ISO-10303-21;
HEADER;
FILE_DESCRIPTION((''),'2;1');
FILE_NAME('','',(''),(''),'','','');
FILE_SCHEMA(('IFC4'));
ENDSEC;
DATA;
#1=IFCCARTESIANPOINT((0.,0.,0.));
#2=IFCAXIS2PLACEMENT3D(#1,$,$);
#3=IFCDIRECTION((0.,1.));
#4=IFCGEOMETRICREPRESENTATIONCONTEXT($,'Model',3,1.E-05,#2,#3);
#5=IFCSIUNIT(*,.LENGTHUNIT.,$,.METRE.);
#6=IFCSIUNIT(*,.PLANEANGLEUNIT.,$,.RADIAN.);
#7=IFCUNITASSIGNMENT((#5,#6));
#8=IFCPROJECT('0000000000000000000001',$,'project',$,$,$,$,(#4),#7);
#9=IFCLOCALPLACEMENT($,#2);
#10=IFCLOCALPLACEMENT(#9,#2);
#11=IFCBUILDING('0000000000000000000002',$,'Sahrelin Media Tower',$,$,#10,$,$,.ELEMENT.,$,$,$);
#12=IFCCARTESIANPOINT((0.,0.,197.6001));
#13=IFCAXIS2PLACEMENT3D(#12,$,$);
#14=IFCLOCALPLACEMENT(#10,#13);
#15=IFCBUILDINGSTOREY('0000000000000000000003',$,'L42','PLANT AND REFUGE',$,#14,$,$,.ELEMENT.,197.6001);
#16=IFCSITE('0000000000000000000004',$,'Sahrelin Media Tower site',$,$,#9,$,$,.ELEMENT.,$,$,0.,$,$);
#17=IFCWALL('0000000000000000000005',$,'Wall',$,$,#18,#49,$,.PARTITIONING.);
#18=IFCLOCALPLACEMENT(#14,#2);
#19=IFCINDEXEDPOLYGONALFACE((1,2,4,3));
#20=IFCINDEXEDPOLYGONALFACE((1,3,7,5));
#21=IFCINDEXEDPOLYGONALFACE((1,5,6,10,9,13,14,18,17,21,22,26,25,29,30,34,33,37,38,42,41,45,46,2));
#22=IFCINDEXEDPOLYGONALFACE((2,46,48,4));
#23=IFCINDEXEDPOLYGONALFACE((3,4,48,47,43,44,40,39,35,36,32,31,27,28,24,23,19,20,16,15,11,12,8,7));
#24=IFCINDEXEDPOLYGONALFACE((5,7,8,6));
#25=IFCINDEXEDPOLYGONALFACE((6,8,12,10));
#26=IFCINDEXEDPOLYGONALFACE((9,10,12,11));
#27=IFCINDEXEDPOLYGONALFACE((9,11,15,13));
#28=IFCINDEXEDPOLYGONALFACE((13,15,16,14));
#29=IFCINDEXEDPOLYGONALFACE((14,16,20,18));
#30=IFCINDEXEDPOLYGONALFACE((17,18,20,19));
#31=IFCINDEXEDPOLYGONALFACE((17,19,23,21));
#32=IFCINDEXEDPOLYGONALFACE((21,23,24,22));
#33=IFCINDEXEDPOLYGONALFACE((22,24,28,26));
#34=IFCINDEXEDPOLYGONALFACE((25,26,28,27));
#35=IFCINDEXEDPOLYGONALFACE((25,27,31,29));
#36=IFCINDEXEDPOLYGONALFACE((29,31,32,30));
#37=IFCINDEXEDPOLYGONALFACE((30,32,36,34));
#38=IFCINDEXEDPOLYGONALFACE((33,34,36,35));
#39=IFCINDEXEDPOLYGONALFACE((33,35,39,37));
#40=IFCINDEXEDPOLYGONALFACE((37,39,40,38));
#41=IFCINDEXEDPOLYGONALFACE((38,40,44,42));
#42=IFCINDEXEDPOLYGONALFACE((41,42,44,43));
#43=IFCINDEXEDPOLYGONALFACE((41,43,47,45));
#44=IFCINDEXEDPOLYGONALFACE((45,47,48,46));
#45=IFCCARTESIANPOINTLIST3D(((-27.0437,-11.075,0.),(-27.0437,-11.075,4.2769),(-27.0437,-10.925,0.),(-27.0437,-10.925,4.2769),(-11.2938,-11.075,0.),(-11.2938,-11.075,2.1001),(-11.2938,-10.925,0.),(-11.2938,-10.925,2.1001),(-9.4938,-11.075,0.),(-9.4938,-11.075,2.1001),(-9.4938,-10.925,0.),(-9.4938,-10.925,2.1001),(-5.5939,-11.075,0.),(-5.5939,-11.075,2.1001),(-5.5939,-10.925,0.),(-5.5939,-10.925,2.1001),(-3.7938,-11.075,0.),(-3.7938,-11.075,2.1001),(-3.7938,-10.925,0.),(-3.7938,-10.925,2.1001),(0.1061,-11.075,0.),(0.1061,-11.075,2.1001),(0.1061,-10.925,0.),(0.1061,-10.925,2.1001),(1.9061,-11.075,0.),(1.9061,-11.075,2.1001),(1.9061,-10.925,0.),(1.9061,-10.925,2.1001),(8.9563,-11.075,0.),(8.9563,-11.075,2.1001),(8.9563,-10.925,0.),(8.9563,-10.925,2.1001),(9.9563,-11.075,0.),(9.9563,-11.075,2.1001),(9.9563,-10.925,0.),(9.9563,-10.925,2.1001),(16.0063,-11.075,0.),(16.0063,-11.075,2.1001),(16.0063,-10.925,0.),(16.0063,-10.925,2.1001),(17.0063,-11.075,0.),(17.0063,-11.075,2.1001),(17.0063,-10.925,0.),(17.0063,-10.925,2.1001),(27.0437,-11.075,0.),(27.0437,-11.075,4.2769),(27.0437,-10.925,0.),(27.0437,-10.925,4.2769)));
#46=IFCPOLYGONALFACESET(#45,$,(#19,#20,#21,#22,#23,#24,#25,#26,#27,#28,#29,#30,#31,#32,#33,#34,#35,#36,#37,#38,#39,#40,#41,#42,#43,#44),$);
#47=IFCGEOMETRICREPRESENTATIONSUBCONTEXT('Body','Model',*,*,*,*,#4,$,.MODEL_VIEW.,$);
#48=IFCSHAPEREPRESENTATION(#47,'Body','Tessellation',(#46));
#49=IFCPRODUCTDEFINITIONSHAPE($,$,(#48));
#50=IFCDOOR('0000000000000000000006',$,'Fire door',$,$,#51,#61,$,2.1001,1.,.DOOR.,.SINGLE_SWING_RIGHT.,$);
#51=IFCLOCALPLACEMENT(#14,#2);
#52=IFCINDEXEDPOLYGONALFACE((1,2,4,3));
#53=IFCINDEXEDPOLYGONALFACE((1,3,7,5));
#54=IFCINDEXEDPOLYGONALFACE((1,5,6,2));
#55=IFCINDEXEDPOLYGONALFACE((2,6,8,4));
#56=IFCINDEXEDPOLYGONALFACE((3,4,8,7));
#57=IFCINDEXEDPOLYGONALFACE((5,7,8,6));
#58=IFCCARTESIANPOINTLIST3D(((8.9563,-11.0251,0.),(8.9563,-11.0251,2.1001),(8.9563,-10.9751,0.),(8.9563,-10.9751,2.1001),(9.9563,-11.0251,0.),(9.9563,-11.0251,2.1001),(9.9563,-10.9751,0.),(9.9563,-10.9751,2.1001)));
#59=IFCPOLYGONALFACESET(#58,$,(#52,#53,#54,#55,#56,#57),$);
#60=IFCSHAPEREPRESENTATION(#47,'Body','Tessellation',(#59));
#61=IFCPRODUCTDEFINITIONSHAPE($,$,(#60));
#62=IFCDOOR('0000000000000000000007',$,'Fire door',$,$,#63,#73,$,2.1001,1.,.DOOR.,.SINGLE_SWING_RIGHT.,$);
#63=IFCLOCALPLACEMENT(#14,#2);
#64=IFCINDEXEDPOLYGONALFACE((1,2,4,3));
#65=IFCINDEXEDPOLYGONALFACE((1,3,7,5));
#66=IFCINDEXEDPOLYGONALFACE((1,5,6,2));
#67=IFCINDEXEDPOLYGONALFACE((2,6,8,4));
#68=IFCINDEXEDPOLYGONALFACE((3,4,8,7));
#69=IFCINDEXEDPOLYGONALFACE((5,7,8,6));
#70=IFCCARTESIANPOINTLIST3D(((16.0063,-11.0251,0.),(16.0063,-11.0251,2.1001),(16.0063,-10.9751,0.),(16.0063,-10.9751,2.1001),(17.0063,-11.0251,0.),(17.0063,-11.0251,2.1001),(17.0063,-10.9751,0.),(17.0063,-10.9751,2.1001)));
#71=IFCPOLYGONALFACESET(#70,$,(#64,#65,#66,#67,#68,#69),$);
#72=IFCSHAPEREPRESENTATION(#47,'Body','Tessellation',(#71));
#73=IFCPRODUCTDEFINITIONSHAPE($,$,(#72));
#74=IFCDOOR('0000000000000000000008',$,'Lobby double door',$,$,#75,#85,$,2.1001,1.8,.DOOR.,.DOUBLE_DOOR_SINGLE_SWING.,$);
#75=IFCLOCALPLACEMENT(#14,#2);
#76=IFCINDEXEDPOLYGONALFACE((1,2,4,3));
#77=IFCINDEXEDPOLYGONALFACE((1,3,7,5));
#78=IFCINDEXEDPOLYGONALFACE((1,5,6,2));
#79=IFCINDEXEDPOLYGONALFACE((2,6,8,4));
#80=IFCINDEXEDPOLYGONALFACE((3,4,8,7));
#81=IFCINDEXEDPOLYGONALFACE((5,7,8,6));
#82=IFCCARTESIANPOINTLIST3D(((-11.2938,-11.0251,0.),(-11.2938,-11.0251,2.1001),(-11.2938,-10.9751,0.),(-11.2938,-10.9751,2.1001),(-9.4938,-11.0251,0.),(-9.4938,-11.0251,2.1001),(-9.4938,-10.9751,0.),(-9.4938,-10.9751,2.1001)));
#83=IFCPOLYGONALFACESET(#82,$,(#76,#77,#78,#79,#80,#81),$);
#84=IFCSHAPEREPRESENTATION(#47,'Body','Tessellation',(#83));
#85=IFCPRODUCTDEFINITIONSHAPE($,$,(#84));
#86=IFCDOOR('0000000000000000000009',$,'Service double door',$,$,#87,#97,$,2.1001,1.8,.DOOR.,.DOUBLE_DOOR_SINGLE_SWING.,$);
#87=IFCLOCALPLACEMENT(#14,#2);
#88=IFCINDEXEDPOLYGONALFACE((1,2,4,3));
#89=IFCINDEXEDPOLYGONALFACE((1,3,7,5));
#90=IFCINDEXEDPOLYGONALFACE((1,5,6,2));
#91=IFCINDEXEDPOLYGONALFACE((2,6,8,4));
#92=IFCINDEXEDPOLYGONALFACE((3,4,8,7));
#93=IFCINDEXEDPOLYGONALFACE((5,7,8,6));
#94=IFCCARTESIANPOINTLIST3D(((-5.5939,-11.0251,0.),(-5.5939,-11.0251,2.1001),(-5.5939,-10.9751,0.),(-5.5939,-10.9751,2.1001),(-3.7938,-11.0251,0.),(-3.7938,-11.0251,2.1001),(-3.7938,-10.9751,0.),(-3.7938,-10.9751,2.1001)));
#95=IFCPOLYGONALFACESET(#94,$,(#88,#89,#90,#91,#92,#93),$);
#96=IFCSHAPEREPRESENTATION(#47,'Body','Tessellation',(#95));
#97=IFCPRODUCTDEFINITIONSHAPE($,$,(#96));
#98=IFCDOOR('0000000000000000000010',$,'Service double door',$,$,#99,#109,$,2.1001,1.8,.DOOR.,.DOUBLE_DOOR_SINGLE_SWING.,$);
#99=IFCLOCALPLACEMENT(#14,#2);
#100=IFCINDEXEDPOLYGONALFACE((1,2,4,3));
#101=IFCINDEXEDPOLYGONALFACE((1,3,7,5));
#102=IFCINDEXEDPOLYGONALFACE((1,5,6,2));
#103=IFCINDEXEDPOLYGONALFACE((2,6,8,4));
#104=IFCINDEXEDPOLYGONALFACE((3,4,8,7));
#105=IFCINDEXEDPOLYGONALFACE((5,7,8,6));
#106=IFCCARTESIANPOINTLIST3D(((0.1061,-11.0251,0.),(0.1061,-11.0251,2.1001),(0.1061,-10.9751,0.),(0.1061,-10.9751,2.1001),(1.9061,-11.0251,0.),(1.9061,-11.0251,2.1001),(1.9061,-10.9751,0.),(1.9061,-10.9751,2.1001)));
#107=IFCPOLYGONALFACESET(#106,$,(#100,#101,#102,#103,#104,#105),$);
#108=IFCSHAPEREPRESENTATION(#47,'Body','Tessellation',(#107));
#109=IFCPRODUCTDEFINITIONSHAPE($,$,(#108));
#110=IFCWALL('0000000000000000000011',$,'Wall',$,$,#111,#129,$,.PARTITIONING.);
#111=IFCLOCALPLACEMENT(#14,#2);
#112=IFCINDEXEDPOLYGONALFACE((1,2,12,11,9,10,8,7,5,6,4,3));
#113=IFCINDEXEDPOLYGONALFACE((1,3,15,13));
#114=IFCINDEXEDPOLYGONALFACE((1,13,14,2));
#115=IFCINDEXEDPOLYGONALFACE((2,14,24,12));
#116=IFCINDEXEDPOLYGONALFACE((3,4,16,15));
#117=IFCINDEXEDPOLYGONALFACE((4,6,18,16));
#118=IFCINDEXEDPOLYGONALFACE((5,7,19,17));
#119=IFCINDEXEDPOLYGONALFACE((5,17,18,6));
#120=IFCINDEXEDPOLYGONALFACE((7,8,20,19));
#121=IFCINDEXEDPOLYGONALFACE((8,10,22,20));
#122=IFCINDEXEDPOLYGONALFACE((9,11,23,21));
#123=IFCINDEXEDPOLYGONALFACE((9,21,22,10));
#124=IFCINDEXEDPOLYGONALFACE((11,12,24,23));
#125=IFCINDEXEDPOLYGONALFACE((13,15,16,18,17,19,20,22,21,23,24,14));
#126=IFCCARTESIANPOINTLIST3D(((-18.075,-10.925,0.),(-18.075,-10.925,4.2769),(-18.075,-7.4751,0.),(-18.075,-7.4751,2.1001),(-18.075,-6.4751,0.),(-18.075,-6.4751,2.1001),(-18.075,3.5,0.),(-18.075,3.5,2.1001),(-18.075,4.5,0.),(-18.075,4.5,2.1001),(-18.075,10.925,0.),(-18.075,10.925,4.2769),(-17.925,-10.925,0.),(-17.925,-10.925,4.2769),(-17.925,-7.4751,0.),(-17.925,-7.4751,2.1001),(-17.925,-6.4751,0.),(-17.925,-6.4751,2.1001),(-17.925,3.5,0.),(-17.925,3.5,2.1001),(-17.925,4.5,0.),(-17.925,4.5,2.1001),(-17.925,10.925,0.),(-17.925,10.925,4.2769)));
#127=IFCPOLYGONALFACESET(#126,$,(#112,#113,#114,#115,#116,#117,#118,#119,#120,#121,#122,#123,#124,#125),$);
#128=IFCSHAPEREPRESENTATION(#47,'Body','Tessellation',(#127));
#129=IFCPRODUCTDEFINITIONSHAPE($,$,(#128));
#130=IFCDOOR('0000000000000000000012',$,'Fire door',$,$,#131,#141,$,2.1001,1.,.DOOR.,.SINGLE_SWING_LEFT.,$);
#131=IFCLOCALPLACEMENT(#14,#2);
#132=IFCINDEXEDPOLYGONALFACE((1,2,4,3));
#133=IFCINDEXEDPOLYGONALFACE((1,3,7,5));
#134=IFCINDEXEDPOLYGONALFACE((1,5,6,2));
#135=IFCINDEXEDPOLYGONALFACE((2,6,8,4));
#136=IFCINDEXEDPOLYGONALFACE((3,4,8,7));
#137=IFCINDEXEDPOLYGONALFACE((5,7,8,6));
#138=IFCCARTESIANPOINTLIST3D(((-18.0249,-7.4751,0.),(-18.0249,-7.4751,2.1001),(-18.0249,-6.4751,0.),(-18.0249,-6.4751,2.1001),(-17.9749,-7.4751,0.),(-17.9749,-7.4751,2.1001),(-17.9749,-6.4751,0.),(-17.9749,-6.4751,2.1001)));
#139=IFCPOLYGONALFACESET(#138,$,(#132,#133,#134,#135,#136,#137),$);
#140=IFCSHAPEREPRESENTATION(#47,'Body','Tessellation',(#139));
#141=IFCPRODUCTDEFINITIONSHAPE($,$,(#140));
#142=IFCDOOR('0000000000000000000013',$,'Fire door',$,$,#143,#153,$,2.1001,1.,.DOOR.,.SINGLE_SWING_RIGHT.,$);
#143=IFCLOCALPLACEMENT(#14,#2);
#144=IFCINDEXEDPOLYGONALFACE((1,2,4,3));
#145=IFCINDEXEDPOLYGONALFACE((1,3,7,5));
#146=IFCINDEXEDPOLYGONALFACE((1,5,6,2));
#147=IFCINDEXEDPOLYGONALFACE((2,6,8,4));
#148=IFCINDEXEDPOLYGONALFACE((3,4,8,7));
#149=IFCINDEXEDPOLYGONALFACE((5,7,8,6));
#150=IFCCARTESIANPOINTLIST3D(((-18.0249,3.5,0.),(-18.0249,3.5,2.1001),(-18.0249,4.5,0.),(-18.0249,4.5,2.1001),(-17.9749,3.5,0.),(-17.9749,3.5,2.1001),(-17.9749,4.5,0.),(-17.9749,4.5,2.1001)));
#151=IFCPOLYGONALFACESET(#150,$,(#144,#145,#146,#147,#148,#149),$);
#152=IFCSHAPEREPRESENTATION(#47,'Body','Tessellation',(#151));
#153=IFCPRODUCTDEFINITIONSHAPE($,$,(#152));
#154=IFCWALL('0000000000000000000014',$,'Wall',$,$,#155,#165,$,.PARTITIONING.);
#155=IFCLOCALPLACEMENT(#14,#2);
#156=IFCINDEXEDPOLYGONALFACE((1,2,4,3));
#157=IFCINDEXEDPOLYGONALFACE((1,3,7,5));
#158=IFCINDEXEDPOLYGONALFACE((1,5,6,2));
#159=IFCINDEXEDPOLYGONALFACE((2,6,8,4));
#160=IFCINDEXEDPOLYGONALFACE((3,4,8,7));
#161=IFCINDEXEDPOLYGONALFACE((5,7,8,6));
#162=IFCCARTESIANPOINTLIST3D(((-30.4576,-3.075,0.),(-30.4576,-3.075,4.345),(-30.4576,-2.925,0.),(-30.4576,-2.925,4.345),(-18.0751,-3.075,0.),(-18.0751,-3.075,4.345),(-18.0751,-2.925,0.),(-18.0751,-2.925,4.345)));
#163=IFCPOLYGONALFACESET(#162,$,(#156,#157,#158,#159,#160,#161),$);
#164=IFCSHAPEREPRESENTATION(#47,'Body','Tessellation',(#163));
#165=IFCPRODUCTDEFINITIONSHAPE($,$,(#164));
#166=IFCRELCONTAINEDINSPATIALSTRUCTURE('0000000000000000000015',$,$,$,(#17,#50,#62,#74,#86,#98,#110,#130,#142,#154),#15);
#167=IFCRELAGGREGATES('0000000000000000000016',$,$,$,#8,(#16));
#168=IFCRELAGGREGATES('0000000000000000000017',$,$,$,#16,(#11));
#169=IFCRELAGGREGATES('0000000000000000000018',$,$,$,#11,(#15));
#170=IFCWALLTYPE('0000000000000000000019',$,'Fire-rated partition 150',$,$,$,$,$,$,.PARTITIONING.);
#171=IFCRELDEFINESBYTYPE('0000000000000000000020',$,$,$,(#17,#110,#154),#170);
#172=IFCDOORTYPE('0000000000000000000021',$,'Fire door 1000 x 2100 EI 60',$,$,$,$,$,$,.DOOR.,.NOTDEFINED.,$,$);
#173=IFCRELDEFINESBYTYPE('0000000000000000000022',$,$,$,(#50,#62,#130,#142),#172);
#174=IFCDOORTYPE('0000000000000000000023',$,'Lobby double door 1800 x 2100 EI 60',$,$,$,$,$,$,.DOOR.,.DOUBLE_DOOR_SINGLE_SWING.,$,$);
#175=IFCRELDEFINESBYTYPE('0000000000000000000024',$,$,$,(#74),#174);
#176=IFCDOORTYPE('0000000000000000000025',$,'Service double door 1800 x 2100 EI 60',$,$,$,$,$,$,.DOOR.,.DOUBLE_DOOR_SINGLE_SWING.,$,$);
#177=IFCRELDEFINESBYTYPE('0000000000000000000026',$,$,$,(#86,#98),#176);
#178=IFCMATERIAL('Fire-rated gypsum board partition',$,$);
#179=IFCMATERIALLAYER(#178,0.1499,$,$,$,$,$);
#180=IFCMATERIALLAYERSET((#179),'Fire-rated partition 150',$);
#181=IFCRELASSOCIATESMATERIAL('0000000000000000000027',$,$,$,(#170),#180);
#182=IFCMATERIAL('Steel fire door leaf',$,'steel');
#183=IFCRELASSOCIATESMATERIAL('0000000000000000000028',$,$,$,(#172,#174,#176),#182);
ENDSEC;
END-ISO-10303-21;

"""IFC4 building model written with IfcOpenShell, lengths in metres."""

from ifc_helpers import new_model, si_unit, direction, frame, frame_2d, origin, place, context, subcontext, project, spatial, rectangle, extrude, material, layer, layer_set, type_object, element, fill, save


model = new_model("IFC4")

# Units and contexts
model_context = context("Model", 3, precision=1e-05, world=origin(), true_north=direction((0.0, 1.0)))
body_context = subcontext(model_context, "Body", "Model", "MODEL_VIEW")
ifc_project = project(units=[si_unit("LENGTHUNIT", "METRE"), si_unit("PLANEANGLEUNIT", "RADIAN")], contexts=[model_context])

# Site, building, storey
site_placement = place(None, origin())
site = spatial("IfcSite", under=ifc_project, at=site_placement, Name="Sahrelin Media Tower site", CompositionType="ELEMENT", RefElevation=0.0)
building_placement = place(site_placement, origin())
building = spatial("IfcBuilding", under=site, at=building_placement, Name="Sahrelin Media Tower", CompositionType="ELEMENT")
storey_placement = place(building_placement, frame((0.0, 0.0, 197.6001)))
storey = spatial("IfcBuildingStorey", under=building, at=storey_placement, Name="L42", Description="PLANT AND REFUGE", CompositionType="ELEMENT", Elevation=197.6001)

# Walls, openings, doors
ifc_material_1 = material(Name="Fire-rated gypsum board partition")
ifc_layer = layer(ifc_material_1, 0.1499)
ifc_layer_set = layer_set([ifc_layer], Name="Fire-rated partition 150")
wall_type = type_object("IfcWallType", Name="Fire-rated partition 150", PredefinedType="PARTITIONING", material=ifc_layer_set)
wall_1_placement = place(storey_placement, frame((-27.0437, -11.0, 0.0), z_axis=(0.0, 0.0, 1.0), x_axis=(1.0, 0.0, 0.0)))
wall_1 = element("IfcWall", 1, at=wall_1_placement, inside=storey, type_object=wall_type, Name="Wall", PredefinedType="PARTITIONING", context=body_context, shape_type="SweptSolid", body=[
    extrude(rectangle(XDim=54.0874, YDim=0.1499, at=frame_2d((27.0437, 0.0))), origin(), (0.0, 0.0, 1.0), 4.2769),
])
opening_1_placement = place(wall_1_placement, frame((36.0, 0.0, 0.0)))
opening_1 = element("IfcOpeningElement", 2, at=opening_1_placement, cuts=wall_1, PredefinedType="OPENING", context=body_context, shape_type="SweptSolid", body=[
    extrude(rectangle(XDim=1.0, YDim=2.1001, at=frame_2d((0.5, 1.05))), frame((0.0, 0.075, 0.0), z_axis=(0.0, -1.0, 0.0), x_axis=(1.0, 0.0, 0.0)), (0.0, 0.0, 1.0), 0.1499),
])
opening_2_placement = place(wall_1_placement, frame((43.05, 0.0, 0.0)))
opening_2 = element("IfcOpeningElement", 3, at=opening_2_placement, cuts=wall_1, PredefinedType="OPENING", context=body_context, shape_type="SweptSolid", body=[
    extrude(rectangle(XDim=1.0, YDim=2.1001, at=frame_2d((0.5, 1.05))), frame((0.0, 0.075, 0.0), z_axis=(0.0, -1.0, 0.0), x_axis=(1.0, 0.0, 0.0)), (0.0, 0.0, 1.0), 0.1499),
])
opening_3_placement = place(wall_1_placement, frame((15.75, 0.0, 0.0)))
opening_3 = element("IfcOpeningElement", 4, at=opening_3_placement, cuts=wall_1, PredefinedType="OPENING", context=body_context, shape_type="SweptSolid", body=[
    extrude(rectangle(XDim=1.8, YDim=2.1001, at=frame_2d((0.8999, 1.05))), frame((0.0, 0.075, 0.0), z_axis=(0.0, -1.0, 0.0), x_axis=(1.0, 0.0, 0.0)), (0.0, 0.0, 1.0), 0.1499),
])
opening_4_placement = place(wall_1_placement, frame((21.45, 0.0, 0.0)))
opening_4 = element("IfcOpeningElement", 5, at=opening_4_placement, cuts=wall_1, PredefinedType="OPENING", context=body_context, shape_type="SweptSolid", body=[
    extrude(rectangle(XDim=1.8, YDim=2.1001, at=frame_2d((0.8999, 1.05))), frame((0.0, 0.075, 0.0), z_axis=(0.0, -1.0, 0.0), x_axis=(1.0, 0.0, 0.0)), (0.0, 0.0, 1.0), 0.1499),
])
opening_5_placement = place(wall_1_placement, frame((27.1499, 0.0, 0.0)))
opening_5 = element("IfcOpeningElement", 6, at=opening_5_placement, cuts=wall_1, PredefinedType="OPENING", context=body_context, shape_type="SweptSolid", body=[
    extrude(rectangle(XDim=1.8, YDim=2.1001, at=frame_2d((0.8999, 1.05))), frame((0.0, 0.075, 0.0), z_axis=(0.0, -1.0, 0.0), x_axis=(1.0, 0.0, 0.0)), (0.0, 0.0, 1.0), 0.1499),
])
ifc_material_2 = material(Name="Steel fire door leaf", Category="steel")
door_type_1 = type_object("IfcDoorType", Name="Fire door 1000 x 2100 EI 60", OperationType="NOTDEFINED", PredefinedType="DOOR", material=ifc_material_2)
door_1_placement = place(opening_1_placement, origin())
door_1 = element("IfcDoor", 7, at=door_1_placement, inside=storey, type_object=door_type_1, Name="Fire door", OperationType="SINGLE_SWING_RIGHT", OverallHeight=2.1001, OverallWidth=1.0, PredefinedType="DOOR", context=body_context, shape_type="SweptSolid", body=[
    extrude(rectangle(XDim=1.0, YDim=2.1001, at=frame_2d((0.5, 1.05))), frame((0.0, 0.0249, 0.0), z_axis=(0.0, -1.0, 0.0), x_axis=(1.0, 0.0, 0.0)), (0.0, 0.0, 1.0), 0.05),
])
fill(opening_1, door_1)
door_2_placement = place(opening_2_placement, origin())
door_2 = element("IfcDoor", 8, at=door_2_placement, inside=storey, type_object=door_type_1, Name="Fire door", OperationType="SINGLE_SWING_RIGHT", OverallHeight=2.1001, OverallWidth=1.0, PredefinedType="DOOR", context=body_context, shape_type="SweptSolid", body=[
    extrude(rectangle(XDim=1.0, YDim=2.1001, at=frame_2d((0.5, 1.05))), frame((0.0, 0.0249, 0.0), z_axis=(0.0, -1.0, 0.0), x_axis=(1.0, 0.0, 0.0)), (0.0, 0.0, 1.0), 0.05),
])
fill(opening_2, door_2)
door_type_2 = type_object("IfcDoorType", Name="Lobby double door 1800 x 2100 EI 60", OperationType="DOUBLE_DOOR_SINGLE_SWING", PredefinedType="DOOR", material=ifc_material_2)
door_3_placement = place(opening_3_placement, origin())
door_3 = element("IfcDoor", 9, at=door_3_placement, inside=storey, type_object=door_type_2, Name="Lobby double door", OperationType="DOUBLE_DOOR_SINGLE_SWING", OverallHeight=2.1001, OverallWidth=1.8, PredefinedType="DOOR", context=body_context, shape_type="SweptSolid", body=[
    extrude(rectangle(XDim=1.8, YDim=2.1001, at=frame_2d((0.8999, 1.05))), frame((0.0, 0.0249, 0.0), z_axis=(0.0, -1.0, 0.0), x_axis=(1.0, 0.0, 0.0)), (0.0, 0.0, 1.0), 0.05),
])
fill(opening_3, door_3)
door_type_3 = type_object("IfcDoorType", Name="Service double door 1800 x 2100 EI 60", OperationType="DOUBLE_DOOR_SINGLE_SWING", PredefinedType="DOOR", material=ifc_material_2)
door_4_placement = place(opening_4_placement, origin())
door_4 = element("IfcDoor", 10, at=door_4_placement, inside=storey, type_object=door_type_3, Name="Service double door", OperationType="DOUBLE_DOOR_SINGLE_SWING", OverallHeight=2.1001, OverallWidth=1.8, PredefinedType="DOOR", context=body_context, shape_type="SweptSolid", body=[
    extrude(rectangle(XDim=1.8, YDim=2.1001, at=frame_2d((0.8999, 1.05))), frame((0.0, 0.0249, 0.0), z_axis=(0.0, -1.0, 0.0), x_axis=(1.0, 0.0, 0.0)), (0.0, 0.0, 1.0), 0.05),
])
fill(opening_4, door_4)
door_5_placement = place(opening_5_placement, origin())
door_5 = element("IfcDoor", 11, at=door_5_placement, inside=storey, type_object=door_type_3, Name="Service double door", OperationType="DOUBLE_DOOR_SINGLE_SWING", OverallHeight=2.1001, OverallWidth=1.8, PredefinedType="DOOR", context=body_context, shape_type="SweptSolid", body=[
    extrude(rectangle(XDim=1.8, YDim=2.1001, at=frame_2d((0.8999, 1.05))), frame((0.0, 0.0249, 0.0), z_axis=(0.0, -1.0, 0.0), x_axis=(1.0, 0.0, 0.0)), (0.0, 0.0, 1.0), 0.05),
])
fill(opening_5, door_5)
wall_2_placement = place(storey_placement, frame((-18.0, -10.925, 0.0), z_axis=(0.0, 0.0, 1.0), x_axis=(0.0, 1.0, 0.0)))
wall_2 = element("IfcWall", 12, at=wall_2_placement, inside=storey, type_object=wall_type, Name="Wall", PredefinedType="PARTITIONING", context=body_context, shape_type="SweptSolid", body=[
    extrude(rectangle(XDim=21.8501, YDim=0.1499, at=frame_2d((10.925, 0.0))), origin(), (0.0, 0.0, 1.0), 4.2769),
])
opening_6_placement = place(wall_2_placement, frame((3.45, 0.0, 0.0)))
opening_6 = element("IfcOpeningElement", 13, at=opening_6_placement, cuts=wall_2, PredefinedType="OPENING", context=body_context, shape_type="SweptSolid", body=[
    extrude(rectangle(XDim=1.0, YDim=2.1001, at=frame_2d((0.5, 1.05))), frame((0.0, 0.075, 0.0), z_axis=(0.0, -1.0, 0.0), x_axis=(1.0, 0.0, 0.0)), (0.0, 0.0, 1.0), 0.1499),
])
opening_7_placement = place(wall_2_placement, frame((14.425, 0.0, 0.0)))
opening_7 = element("IfcOpeningElement", 14, at=opening_7_placement, cuts=wall_2, PredefinedType="OPENING", context=body_context, shape_type="SweptSolid", body=[
    extrude(rectangle(XDim=1.0, YDim=2.1001, at=frame_2d((0.5, 1.05))), frame((0.0, 0.075, 0.0), z_axis=(0.0, -1.0, 0.0), x_axis=(1.0, 0.0, 0.0)), (0.0, 0.0, 1.0), 0.1499),
])
door_6_placement = place(opening_6_placement, origin())
door_6 = element("IfcDoor", 15, at=door_6_placement, inside=storey, type_object=door_type_1, Name="Fire door", OperationType="SINGLE_SWING_LEFT", OverallHeight=2.1001, OverallWidth=1.0, PredefinedType="DOOR", context=body_context, shape_type="SweptSolid", body=[
    extrude(rectangle(XDim=1.0, YDim=2.1001, at=frame_2d((0.5, 1.05))), frame((0.0, 0.0249, 0.0), z_axis=(0.0, -1.0, 0.0), x_axis=(1.0, 0.0, 0.0)), (0.0, 0.0, 1.0), 0.05),
])
fill(opening_6, door_6)
door_7_placement = place(opening_7_placement, origin())
door_7 = element("IfcDoor", 16, at=door_7_placement, inside=storey, type_object=door_type_1, Name="Fire door", OperationType="SINGLE_SWING_RIGHT", OverallHeight=2.1001, OverallWidth=1.0, PredefinedType="DOOR", context=body_context, shape_type="SweptSolid", body=[
    extrude(rectangle(XDim=1.0, YDim=2.1001, at=frame_2d((0.5, 1.05))), frame((0.0, 0.0249, 0.0), z_axis=(0.0, -1.0, 0.0), x_axis=(1.0, 0.0, 0.0)), (0.0, 0.0, 1.0), 0.05),
])
fill(opening_7, door_7)

# Wall
wall_3_placement = place(storey_placement, frame((-18.075, -3.0, 0.0), z_axis=(0.0, 0.0, 1.0), x_axis=(-1.0, 0.0, 0.0)))
element("IfcWall", 17, at=wall_3_placement, inside=storey, type_object=wall_type, Name="Wall", PredefinedType="PARTITIONING", context=body_context, shape_type="SweptSolid", body=[
    extrude(rectangle(XDim=12.3826, YDim=0.1499, at=frame_2d((6.1914, 0.0))), origin(), (0.0, 0.0, 1.0), 4.345),
])

save(model, "model.ifc")
